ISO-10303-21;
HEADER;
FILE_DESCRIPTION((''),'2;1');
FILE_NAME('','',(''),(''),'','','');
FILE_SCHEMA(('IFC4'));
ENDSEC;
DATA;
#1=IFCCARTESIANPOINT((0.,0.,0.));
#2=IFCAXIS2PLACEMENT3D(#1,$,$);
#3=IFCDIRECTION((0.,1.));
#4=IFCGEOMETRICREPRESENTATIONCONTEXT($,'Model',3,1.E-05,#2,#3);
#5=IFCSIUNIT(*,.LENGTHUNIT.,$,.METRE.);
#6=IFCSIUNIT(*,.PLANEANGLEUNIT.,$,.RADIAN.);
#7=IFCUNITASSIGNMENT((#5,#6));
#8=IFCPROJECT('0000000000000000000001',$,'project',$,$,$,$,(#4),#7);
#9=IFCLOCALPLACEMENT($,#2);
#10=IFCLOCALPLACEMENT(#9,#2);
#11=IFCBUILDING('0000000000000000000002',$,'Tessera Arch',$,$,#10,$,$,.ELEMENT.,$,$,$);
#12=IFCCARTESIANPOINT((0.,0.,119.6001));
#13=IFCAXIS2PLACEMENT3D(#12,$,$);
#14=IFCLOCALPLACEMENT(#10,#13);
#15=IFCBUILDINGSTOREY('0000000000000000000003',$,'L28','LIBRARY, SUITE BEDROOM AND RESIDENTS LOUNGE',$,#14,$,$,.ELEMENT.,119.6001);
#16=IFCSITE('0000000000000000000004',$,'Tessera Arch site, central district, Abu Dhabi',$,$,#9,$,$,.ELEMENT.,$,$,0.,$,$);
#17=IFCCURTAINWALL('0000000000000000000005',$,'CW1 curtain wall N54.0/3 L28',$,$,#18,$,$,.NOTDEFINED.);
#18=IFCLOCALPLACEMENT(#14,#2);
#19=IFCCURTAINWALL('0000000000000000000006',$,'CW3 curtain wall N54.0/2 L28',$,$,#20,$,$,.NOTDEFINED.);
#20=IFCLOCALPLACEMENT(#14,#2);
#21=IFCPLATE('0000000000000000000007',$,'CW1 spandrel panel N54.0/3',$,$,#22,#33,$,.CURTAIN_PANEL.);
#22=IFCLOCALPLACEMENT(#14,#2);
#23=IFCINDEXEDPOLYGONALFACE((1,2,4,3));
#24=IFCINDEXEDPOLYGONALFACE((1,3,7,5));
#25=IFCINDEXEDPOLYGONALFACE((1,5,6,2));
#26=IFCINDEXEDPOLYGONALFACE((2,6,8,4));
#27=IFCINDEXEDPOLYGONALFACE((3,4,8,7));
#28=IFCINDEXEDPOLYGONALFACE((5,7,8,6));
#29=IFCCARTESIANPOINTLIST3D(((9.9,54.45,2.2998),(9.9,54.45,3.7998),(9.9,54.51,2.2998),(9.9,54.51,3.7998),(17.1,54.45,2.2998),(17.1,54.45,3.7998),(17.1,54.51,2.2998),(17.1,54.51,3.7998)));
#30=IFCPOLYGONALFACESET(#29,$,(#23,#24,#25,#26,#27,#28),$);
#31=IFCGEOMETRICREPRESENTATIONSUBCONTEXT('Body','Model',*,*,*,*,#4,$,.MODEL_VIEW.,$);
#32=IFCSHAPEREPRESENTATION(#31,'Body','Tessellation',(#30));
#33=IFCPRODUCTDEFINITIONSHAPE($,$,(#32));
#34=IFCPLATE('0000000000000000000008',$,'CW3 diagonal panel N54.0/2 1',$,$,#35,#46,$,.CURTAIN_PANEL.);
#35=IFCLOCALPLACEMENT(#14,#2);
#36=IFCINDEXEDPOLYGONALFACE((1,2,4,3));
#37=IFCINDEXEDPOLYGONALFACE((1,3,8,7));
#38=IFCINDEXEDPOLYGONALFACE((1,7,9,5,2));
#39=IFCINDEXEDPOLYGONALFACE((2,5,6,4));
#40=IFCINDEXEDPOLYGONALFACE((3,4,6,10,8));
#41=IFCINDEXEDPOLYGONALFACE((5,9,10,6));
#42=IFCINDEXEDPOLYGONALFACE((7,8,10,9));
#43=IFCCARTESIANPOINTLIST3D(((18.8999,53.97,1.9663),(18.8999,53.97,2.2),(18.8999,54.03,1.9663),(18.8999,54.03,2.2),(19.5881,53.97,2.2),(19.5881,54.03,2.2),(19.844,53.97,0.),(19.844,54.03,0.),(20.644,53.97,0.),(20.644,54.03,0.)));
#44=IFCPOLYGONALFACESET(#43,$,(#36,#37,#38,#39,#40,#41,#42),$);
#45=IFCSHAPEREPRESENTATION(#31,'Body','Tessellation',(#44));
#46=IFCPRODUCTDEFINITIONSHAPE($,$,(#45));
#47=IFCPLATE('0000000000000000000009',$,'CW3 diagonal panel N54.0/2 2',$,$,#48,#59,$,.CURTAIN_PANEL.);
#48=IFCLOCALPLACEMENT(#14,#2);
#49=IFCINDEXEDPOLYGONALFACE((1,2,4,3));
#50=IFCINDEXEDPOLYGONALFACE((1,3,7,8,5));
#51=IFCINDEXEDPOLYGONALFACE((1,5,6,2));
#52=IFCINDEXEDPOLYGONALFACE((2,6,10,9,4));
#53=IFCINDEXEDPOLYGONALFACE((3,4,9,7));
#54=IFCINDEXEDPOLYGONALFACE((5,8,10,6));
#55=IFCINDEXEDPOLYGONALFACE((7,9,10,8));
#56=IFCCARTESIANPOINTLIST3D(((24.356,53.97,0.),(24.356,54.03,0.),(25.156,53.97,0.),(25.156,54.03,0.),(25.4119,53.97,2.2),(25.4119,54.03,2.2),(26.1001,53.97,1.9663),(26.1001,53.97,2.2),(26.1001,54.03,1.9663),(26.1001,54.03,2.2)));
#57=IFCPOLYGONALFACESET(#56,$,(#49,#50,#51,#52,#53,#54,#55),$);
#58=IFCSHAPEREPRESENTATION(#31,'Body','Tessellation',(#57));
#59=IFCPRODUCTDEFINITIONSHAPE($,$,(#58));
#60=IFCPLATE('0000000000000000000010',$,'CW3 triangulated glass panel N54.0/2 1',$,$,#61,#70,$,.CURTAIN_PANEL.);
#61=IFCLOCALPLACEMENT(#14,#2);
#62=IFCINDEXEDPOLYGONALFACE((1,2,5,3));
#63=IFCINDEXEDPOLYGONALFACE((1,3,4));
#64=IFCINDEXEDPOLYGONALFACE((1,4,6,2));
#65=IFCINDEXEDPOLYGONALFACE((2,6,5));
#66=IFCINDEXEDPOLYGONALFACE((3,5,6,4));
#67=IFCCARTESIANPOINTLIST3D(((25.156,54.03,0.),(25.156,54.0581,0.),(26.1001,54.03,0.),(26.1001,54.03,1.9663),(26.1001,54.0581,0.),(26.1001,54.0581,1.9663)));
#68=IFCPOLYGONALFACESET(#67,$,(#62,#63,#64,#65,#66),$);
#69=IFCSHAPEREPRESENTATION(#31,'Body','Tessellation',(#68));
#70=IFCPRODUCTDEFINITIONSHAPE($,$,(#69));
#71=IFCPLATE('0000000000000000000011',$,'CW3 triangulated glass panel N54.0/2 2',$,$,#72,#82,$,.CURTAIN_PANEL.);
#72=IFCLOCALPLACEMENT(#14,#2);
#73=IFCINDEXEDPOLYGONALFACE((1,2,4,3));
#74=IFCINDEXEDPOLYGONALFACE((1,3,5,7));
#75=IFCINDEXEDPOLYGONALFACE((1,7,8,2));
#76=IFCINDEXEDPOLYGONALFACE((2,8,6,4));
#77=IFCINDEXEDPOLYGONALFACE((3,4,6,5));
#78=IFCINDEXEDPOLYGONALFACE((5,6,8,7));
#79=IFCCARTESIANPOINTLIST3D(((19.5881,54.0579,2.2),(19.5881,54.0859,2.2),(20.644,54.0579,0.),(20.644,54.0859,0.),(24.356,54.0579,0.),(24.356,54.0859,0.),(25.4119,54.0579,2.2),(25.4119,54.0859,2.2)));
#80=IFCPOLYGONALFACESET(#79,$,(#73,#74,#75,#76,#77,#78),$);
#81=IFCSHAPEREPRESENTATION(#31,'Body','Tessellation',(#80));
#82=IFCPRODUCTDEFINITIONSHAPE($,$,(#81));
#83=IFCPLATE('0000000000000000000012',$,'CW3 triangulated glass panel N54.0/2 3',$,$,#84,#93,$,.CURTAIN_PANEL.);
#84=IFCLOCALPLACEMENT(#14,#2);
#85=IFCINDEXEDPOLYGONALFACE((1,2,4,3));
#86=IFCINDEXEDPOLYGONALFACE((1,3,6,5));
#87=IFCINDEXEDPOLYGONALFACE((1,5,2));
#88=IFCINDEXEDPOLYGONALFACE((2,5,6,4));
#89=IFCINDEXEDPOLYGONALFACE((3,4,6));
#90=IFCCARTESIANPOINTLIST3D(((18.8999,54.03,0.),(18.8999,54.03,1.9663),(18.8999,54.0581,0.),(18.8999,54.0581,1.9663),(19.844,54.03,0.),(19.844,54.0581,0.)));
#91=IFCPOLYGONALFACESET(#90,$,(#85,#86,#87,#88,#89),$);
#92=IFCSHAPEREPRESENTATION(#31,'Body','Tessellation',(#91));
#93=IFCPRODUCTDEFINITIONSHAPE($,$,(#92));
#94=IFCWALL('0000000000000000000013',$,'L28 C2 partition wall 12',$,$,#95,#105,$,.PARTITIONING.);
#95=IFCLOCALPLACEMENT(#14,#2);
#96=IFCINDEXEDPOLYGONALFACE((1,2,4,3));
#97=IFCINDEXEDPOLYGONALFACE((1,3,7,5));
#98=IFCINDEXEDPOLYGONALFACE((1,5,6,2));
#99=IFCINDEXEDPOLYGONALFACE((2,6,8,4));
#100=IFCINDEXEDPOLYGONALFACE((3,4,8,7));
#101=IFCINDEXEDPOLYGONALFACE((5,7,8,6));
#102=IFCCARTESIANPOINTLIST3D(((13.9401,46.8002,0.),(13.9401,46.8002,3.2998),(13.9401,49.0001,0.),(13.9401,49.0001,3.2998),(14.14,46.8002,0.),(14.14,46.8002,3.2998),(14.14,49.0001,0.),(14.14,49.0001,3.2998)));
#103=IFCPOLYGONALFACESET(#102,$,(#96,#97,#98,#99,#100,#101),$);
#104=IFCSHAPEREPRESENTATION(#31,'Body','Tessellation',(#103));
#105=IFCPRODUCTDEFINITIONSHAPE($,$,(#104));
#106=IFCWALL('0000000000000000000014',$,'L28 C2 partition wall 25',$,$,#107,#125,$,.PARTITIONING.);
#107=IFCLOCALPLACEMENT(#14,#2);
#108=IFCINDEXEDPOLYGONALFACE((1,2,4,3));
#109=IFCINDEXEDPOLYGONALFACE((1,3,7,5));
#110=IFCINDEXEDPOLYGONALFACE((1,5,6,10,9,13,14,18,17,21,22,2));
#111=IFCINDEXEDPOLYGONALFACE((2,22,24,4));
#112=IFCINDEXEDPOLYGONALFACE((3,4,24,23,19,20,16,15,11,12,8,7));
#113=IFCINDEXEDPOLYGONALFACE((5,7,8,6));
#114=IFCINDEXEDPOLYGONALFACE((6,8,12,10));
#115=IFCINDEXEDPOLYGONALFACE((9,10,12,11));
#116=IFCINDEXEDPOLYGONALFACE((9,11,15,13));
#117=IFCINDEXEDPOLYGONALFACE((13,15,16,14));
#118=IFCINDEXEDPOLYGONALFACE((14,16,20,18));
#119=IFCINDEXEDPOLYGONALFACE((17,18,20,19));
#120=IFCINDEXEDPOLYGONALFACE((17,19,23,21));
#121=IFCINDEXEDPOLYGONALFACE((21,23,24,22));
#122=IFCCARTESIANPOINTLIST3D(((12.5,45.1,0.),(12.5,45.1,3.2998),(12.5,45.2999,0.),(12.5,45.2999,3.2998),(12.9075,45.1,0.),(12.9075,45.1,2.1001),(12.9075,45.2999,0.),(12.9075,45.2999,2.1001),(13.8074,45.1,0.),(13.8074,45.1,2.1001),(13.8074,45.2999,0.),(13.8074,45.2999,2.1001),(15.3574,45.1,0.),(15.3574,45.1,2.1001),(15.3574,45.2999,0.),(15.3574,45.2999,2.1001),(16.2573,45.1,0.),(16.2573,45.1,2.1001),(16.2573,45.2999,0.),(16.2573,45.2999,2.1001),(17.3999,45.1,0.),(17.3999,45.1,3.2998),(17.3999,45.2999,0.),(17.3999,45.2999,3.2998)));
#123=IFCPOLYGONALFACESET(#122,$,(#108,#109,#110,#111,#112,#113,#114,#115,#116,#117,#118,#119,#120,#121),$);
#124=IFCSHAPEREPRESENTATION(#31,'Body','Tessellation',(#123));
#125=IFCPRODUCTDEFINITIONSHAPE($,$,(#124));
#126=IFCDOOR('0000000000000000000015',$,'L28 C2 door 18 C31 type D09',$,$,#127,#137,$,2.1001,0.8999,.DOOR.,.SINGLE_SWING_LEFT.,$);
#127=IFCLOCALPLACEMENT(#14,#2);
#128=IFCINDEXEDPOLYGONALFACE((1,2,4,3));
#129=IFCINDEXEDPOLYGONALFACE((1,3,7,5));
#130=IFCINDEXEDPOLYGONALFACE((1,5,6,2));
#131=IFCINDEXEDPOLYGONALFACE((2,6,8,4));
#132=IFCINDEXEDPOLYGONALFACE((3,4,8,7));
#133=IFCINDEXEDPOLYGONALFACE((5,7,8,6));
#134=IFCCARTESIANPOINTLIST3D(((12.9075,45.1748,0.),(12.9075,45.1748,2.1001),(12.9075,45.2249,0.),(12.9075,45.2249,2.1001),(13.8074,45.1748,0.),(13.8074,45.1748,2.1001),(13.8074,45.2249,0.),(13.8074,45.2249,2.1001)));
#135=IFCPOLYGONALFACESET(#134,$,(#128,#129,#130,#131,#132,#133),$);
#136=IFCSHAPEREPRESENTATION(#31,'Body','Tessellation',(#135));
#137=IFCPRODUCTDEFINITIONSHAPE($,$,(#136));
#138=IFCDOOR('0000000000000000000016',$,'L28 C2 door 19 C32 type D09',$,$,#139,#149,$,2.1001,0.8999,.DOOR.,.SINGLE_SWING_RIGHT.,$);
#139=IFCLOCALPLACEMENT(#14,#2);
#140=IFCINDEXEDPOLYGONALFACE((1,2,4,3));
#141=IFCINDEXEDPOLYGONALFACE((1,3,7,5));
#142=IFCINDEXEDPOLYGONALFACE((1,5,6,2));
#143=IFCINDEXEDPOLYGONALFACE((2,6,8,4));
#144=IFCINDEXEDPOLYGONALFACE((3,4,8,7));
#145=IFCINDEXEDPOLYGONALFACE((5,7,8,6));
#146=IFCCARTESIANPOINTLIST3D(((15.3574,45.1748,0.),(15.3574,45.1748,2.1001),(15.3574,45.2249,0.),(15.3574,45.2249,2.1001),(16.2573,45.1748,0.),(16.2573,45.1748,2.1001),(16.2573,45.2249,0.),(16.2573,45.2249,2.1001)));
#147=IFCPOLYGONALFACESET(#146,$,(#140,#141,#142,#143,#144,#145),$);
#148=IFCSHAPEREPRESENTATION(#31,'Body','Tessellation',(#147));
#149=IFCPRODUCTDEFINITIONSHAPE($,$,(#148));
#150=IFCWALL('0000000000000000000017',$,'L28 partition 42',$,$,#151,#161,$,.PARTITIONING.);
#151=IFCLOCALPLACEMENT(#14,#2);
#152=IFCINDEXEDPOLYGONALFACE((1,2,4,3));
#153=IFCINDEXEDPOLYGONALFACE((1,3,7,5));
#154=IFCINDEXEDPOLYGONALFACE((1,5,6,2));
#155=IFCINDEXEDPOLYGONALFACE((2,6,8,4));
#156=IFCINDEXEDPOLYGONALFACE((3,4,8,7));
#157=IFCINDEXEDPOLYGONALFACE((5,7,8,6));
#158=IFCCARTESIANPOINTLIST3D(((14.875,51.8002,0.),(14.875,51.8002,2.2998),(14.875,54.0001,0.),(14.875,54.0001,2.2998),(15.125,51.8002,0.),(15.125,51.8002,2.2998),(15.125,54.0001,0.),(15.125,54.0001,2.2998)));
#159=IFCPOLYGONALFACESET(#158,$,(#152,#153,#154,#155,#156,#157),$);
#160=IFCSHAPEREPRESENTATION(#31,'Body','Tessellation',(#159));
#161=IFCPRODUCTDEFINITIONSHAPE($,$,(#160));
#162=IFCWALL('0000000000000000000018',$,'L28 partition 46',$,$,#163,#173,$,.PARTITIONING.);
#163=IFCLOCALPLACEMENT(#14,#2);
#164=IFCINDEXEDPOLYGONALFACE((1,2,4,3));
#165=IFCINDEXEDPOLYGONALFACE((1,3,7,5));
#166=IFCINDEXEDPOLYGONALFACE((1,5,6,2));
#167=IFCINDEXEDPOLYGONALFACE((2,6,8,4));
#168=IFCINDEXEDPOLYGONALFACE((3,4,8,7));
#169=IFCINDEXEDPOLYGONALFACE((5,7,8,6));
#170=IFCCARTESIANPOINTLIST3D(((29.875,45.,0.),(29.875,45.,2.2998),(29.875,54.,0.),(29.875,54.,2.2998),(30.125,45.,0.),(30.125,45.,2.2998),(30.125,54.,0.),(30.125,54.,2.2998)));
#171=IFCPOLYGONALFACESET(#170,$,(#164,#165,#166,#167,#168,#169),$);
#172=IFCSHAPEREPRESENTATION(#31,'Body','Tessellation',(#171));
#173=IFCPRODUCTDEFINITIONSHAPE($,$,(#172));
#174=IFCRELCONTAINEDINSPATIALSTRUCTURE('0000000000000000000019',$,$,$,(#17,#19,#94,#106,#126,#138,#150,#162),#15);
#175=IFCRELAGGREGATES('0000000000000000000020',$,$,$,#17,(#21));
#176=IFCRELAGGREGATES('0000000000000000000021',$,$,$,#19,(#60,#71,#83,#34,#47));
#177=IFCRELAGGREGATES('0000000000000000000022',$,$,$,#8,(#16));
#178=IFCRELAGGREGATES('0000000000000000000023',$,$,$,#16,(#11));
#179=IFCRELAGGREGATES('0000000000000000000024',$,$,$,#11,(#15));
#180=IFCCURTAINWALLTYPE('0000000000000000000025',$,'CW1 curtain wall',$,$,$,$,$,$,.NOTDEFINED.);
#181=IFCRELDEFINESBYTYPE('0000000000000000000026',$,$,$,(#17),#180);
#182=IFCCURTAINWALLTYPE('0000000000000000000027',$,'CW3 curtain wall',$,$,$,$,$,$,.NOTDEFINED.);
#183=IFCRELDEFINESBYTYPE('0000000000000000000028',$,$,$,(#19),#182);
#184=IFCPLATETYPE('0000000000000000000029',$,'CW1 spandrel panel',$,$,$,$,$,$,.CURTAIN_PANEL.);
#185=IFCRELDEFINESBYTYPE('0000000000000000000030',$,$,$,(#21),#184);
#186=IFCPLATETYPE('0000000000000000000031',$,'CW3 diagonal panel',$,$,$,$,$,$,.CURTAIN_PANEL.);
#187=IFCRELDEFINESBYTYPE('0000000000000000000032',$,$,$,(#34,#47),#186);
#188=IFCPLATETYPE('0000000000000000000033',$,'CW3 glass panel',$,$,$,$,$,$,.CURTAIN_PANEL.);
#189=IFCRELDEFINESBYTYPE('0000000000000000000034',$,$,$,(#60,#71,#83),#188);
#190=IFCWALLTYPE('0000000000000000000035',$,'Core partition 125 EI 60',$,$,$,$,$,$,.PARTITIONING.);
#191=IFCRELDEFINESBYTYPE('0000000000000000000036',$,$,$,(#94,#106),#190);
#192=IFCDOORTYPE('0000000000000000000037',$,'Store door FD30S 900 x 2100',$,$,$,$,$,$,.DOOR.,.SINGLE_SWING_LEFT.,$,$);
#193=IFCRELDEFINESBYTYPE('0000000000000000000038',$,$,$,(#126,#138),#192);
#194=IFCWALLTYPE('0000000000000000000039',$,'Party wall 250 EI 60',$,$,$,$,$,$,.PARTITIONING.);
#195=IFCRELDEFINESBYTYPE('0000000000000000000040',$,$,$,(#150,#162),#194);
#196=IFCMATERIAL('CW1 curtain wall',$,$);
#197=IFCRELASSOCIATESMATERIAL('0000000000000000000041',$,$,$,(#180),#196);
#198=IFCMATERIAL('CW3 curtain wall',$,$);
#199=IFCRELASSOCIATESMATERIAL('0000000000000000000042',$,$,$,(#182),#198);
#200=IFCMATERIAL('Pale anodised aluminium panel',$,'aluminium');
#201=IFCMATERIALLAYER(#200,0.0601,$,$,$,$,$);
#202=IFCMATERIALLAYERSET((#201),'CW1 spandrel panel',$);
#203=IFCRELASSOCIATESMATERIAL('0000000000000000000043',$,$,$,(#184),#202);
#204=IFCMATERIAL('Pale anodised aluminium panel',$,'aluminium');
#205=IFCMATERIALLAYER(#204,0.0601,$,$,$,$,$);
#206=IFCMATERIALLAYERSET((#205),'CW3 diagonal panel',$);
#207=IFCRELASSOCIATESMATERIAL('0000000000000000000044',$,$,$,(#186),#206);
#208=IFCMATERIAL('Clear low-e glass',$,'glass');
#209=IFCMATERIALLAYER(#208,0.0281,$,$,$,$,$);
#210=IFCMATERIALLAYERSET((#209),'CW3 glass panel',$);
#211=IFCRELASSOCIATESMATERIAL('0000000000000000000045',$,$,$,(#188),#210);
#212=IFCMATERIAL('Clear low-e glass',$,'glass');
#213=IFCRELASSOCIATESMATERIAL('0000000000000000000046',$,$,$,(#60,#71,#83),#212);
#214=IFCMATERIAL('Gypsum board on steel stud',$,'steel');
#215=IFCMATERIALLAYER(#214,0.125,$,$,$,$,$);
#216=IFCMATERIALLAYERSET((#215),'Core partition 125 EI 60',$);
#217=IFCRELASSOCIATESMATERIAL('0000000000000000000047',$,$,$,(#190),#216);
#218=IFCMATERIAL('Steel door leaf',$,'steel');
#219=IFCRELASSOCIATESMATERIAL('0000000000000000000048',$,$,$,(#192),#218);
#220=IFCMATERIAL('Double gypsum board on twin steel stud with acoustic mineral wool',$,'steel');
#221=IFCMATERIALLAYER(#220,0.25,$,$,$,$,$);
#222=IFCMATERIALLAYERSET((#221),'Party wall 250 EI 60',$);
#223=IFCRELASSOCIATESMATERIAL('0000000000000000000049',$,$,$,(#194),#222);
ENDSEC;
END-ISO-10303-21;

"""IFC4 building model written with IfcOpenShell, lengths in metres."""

from ifc_helpers import new_model, si_unit, direction, frame, frame_2d, origin, origin_2d, place, context, subcontext, project, spatial, polyline, rectangle, outline, extrude, material, layer, layer_set, type_object, element, fill, aggregate, save


model = new_model("IFC4")

# Units and contexts
model_context = context("Model", 3, precision=1e-05, world=origin(), true_north=direction((0.0, 1.0)))
body_context = subcontext(model_context, "Body", "Model", "MODEL_VIEW")
ifc_project = project(units=[si_unit("LENGTHUNIT", "METRE"), si_unit("PLANEANGLEUNIT", "RADIAN")], contexts=[model_context])

# Site, building, storey
site_placement = place(None, origin())
site = spatial("IfcSite", under=ifc_project, at=site_placement, Name="Tessera Arch site, central district, Abu Dhabi", CompositionType="ELEMENT", RefElevation=0.0)
building_placement = place(site_placement, origin())
building = spatial("IfcBuilding", under=site, at=building_placement, Name="Tessera Arch", CompositionType="ELEMENT")
storey_placement = place(building_placement, frame((0.0, 0.0, 119.6001)))
storey = spatial("IfcBuildingStorey", under=building, at=storey_placement, Name="L28", Description="LIBRARY, SUITE BEDROOM AND RESIDENTS LOUNGE", CompositionType="ELEMENT", Elevation=119.6001)

# Shared definitions
ifc_material_1 = material(Name="CW1 curtain wall")
curtain_wall_type_1 = type_object("IfcCurtainWallType", Name="CW1 curtain wall", PredefinedType="NOTDEFINED", material=ifc_material_1)

# Curtain wall
curtain_wall_1_placement = place(storey_placement, origin())
curtain_wall_1 = element("IfcCurtainWall", 1, at=curtain_wall_1_placement, inside=storey, type_object=curtain_wall_type_1, Name="CW1 curtain wall N54.0/3 L28", PredefinedType="NOTDEFINED")

# Curtain wall
ifc_material_2 = material(Name="CW3 curtain wall")
curtain_wall_type_2 = type_object("IfcCurtainWallType", Name="CW3 curtain wall", PredefinedType="NOTDEFINED", material=ifc_material_2)
curtain_wall_2_placement = place(storey_placement, origin())
curtain_wall_2 = element("IfcCurtainWall", 2, at=curtain_wall_2_placement, inside=storey, type_object=curtain_wall_type_2, Name="CW3 curtain wall N54.0/2 L28", PredefinedType="NOTDEFINED")

# Plates
ifc_material_3 = material(Name="Clear low-e glass", Category="glass")
ifc_material_4 = material(Name="Pale anodised aluminium panel", Category="aluminium")
ifc_layer_1 = layer(ifc_material_4, 0.0601)
ifc_layer_set_1 = layer_set([ifc_layer_1], Name="CW1 spandrel panel")
plate_type_1 = type_object("IfcPlateType", Name="CW1 spandrel panel", PredefinedType="CURTAIN_PANEL", material=ifc_layer_set_1)
plate_1_placement = place(storey_placement, frame((13.5, 54.48, 2.2998), z_axis=(0.0, 0.0, 1.0), x_axis=(-1.0, 0.0, 0.0)))
plate_1 = element("IfcPlate", 3, at=plate_1_placement, type_object=plate_type_1, Name="CW1 spandrel panel N54.0/3", PredefinedType="CURTAIN_PANEL", context=body_context, shape_type="SweptSolid", body=[
    extrude(rectangle(XDim=7.2, YDim=0.0601, at=origin_2d()), origin(), (0.0, 0.0, 1.0), 1.5),
])
aggregate(curtain_wall_1, [plate_1])
ifc_material_5 = material(Name="Pale anodised aluminium panel", Category="aluminium")
ifc_layer_2 = layer(ifc_material_5, 0.0601)
ifc_layer_set_2 = layer_set([ifc_layer_2], Name="CW3 diagonal panel")
plate_type_2 = type_object("IfcPlateType", Name="CW3 diagonal panel", PredefinedType="CURTAIN_PANEL", material=ifc_layer_set_2)
plate_2_placement = place(storey_placement, frame((18.8999, 54.03, 2.2), z_axis=(0.0, 1.0, 0.0), x_axis=(1.0, 0.0, 0.0)))
plate_2 = element("IfcPlate", 4, at=plate_2_placement, type_object=plate_type_2, Name="CW3 diagonal panel N54.0/2 1", PredefinedType="CURTAIN_PANEL", context=body_context, shape_type="SweptSolid", body=[
    extrude(outline(polyline([(0.0, 0.0), (0.6882, 0.0), (1.7441, 2.2), (0.9441, 2.2), (0.0, 0.2336), (0.0, 0.0)])), origin(), (0.0, 0.0, -1.0), 0.0601),
])
plate_3_placement = place(storey_placement, frame((26.1001, 54.03, 2.2), z_axis=(0.0, 1.0, 0.0), x_axis=(0.0, 0.0, -1.0)))
plate_3 = element("IfcPlate", 5, at=plate_3_placement, type_object=plate_type_2, Name="CW3 diagonal panel N54.0/2 2", PredefinedType="CURTAIN_PANEL", context=body_context, shape_type="SweptSolid", body=[
    extrude(outline(polyline([(0.0, 0.0), (0.2336, 0.0), (2.2, 0.9441), (2.2, 1.7441), (0.0, 0.6882), (0.0, 0.0)])), origin(), (0.0, 0.0, -1.0), 0.0601),
])
ifc_material_6 = material(Name="Clear low-e glass", Category="glass")
ifc_layer_3 = layer(ifc_material_6, 0.0281)
ifc_layer_set_3 = layer_set([ifc_layer_3], Name="CW3 glass panel")
plate_type_3 = type_object("IfcPlateType", Name="CW3 glass panel", PredefinedType="CURTAIN_PANEL", material=ifc_layer_set_3)
plate_4_placement = place(storey_placement, frame((26.1001, 54.0581, 0.0), z_axis=(0.0, 1.0, 0.0), x_axis=(-1.0, 0.0, 0.0)))
plate_4 = element("IfcPlate", 6, at=plate_4_placement, type_object=plate_type_3, material=ifc_material_3, Name="CW3 triangulated glass panel N54.0/2 1", PredefinedType="CURTAIN_PANEL", context=body_context, shape_type="SweptSolid", body=[
    extrude(outline(polyline([(0.0, 0.0), (0.9441, 0.0), (0.0, 1.9663), (0.0, 0.0)])), origin(), (0.0, 0.0, -1.0), 0.0281),
])
plate_5_placement = place(storey_placement, frame((19.5881, 54.0859, 2.2), z_axis=(0.0, 1.0, 0.0), x_axis=(1.0, 0.0, 0.0)))
plate_5 = element("IfcPlate", 7, at=plate_5_placement, type_object=plate_type_3, material=ifc_material_3, Name="CW3 triangulated glass panel N54.0/2 2", PredefinedType="CURTAIN_PANEL", context=body_context, shape_type="SweptSolid", body=[
    extrude(outline(polyline([(0.0, 0.0), (5.8237, 0.0), (4.7678, 2.2), (1.0559, 2.2), (0.0, 0.0)])), origin(), (0.0, 0.0, -1.0), 0.0281),
])
plate_6_placement = place(storey_placement, frame((18.8999, 54.0581, 0.0), z_axis=(0.0, 1.0, 0.0), x_axis=(0.0, 0.0, 1.0)))
plate_6 = element("IfcPlate", 8, at=plate_6_placement, type_object=plate_type_3, material=ifc_material_3, Name="CW3 triangulated glass panel N54.0/2 3", PredefinedType="CURTAIN_PANEL", context=body_context, shape_type="SweptSolid", body=[
    extrude(outline(polyline([(0.0, 0.0), (1.9663, 0.0), (0.0, 0.9441), (0.0, 0.0)])), origin(), (0.0, 0.0, -1.0), 0.0281),
])
aggregate(curtain_wall_2, [plate_4, plate_5, plate_6, plate_2, plate_3])

# Wall
ifc_material_7 = material(Name="Gypsum board on steel stud", Category="steel")
ifc_layer_4 = layer(ifc_material_7, 0.125)
ifc_layer_set_4 = layer_set([ifc_layer_4], Name="Core partition 125 EI 60")
wall_type_1 = type_object("IfcWallType", Name="Core partition 125 EI 60", PredefinedType="PARTITIONING", material=ifc_layer_set_4)
wall_1_placement = place(storey_placement, frame((14.04, 46.8, 0.0), z_axis=(0.0, 0.0, 1.0), x_axis=(0.0, 1.0, 0.0)))
element("IfcWall", 9, at=wall_1_placement, inside=storey, type_object=wall_type_1, Name="L28 C2 partition wall 12", PredefinedType="PARTITIONING", context=body_context, shape_type="SweptSolid", body=[
    extrude(rectangle(XDim=2.2, YDim=0.2, at=frame_2d((1.1001, 0.0))), origin(), (0.0, 0.0, 1.0), 3.2998),
])

# Wall, openings, doors
wall_2_placement = place(storey_placement, frame((12.5, 45.2, 0.0), z_axis=(0.0, 0.0, 1.0), x_axis=(1.0, 0.0, 0.0)))
wall_2 = element("IfcWall", 10, at=wall_2_placement, inside=storey, type_object=wall_type_1, Name="L28 C2 partition wall 25", PredefinedType="PARTITIONING", context=body_context, shape_type="SweptSolid", body=[
    extrude(rectangle(XDim=4.8999, YDim=0.2, at=frame_2d((2.45, 0.0))), origin(), (0.0, 0.0, 1.0), 3.2998),
])
opening_1_placement = place(wall_2_placement, frame((0.4075, 0.0, 0.0)))
opening_1 = element("IfcOpeningElement", 11, at=opening_1_placement, cuts=wall_2, PredefinedType="OPENING", context=body_context, shape_type="SweptSolid", body=[
    extrude(rectangle(XDim=0.8999, YDim=2.1001, at=frame_2d((0.45, 1.05))), frame((0.0, 0.1099, 0.0), z_axis=(0.0, -1.0, 0.0), x_axis=(1.0, 0.0, 0.0)), (0.0, 0.0, 1.0), 0.22),
])
opening_2_placement = place(wall_2_placement, frame((2.8574, 0.0, 0.0)))
opening_2 = element("IfcOpeningElement", 12, at=opening_2_placement, cuts=wall_2, PredefinedType="OPENING", context=body_context, shape_type="SweptSolid", body=[
    extrude(rectangle(XDim=0.8999, YDim=2.1001, at=frame_2d((0.45, 1.05))), frame((0.0, 0.1099, 0.0), z_axis=(0.0, -1.0, 0.0), x_axis=(1.0, 0.0, 0.0)), (0.0, 0.0, 1.0), 0.22),
])
ifc_material_8 = material(Name="Steel door leaf", Category="steel")
door_type = type_object("IfcDoorType", Name="Store door FD30S 900 x 2100", OperationType="SINGLE_SWING_LEFT", PredefinedType="DOOR", material=ifc_material_8)
door_1_placement = place(opening_1_placement, origin())
door_1 = element("IfcDoor", 13, at=door_1_placement, inside=storey, type_object=door_type, Name="L28 C2 door 18 C31 type D09", OperationType="SINGLE_SWING_LEFT", OverallHeight=2.1001, OverallWidth=0.8999, PredefinedType="DOOR", context=body_context, shape_type="SweptSolid", body=[
    extrude(rectangle(XDim=0.8999, YDim=2.1001, at=frame_2d((0.45, 1.05))), frame((0.0, 0.0249, 0.0), z_axis=(0.0, -1.0, 0.0), x_axis=(1.0, 0.0, 0.0)), (0.0, 0.0, 1.0), 0.05),
])
fill(opening_1, door_1)
door_2_placement = place(opening_2_placement, origin())
door_2 = element("IfcDoor", 14, at=door_2_placement, inside=storey, type_object=door_type, Name="L28 C2 door 19 C32 type D09", OperationType="SINGLE_SWING_RIGHT", OverallHeight=2.1001, OverallWidth=0.8999, PredefinedType="DOOR", context=body_context, shape_type="SweptSolid", body=[
    extrude(rectangle(XDim=0.8999, YDim=2.1001, at=frame_2d((0.45, 1.05))), frame((0.0, 0.0249, 0.0), z_axis=(0.0, -1.0, 0.0), x_axis=(1.0, 0.0, 0.0)), (0.0, 0.0, 1.0), 0.05),
])
fill(opening_2, door_2)

# Walls
ifc_material_9 = material(Name="Double gypsum board on twin steel stud with acoustic mineral wool", Category="steel")
ifc_layer_5 = layer(ifc_material_9, 0.25)
ifc_layer_set_5 = layer_set([ifc_layer_5], Name="Party wall 250 EI 60")
wall_type_2 = type_object("IfcWallType", Name="Party wall 250 EI 60", PredefinedType="PARTITIONING", material=ifc_layer_set_5)
wall_3_placement = place(storey_placement, frame((15.0, 51.8, 0.0), z_axis=(0.0, 0.0, 1.0), x_axis=(0.0, 1.0, 0.0)))
element("IfcWall", 15, at=wall_3_placement, inside=storey, type_object=wall_type_2, Name="L28 partition 42", PredefinedType="PARTITIONING", context=body_context, shape_type="SweptSolid", body=[
    extrude(rectangle(XDim=2.2, YDim=0.25, at=frame_2d((1.1001, 0.0))), origin(), (0.0, 0.0, 1.0), 2.2998),
])
wall_4_placement = place(storey_placement, frame((30.0, 45.0, 0.0), z_axis=(0.0, 0.0, 1.0), x_axis=(0.0, 1.0, 0.0)))
element("IfcWall", 16, at=wall_4_placement, inside=storey, type_object=wall_type_2, Name="L28 partition 46", PredefinedType="PARTITIONING", context=body_context, shape_type="SweptSolid", body=[
    extrude(rectangle(XDim=9.0, YDim=0.25, at=frame_2d((4.5, 0.0))), origin(), (0.0, 0.0, 1.0), 2.2998),
])

save(model, "model.ifc")
